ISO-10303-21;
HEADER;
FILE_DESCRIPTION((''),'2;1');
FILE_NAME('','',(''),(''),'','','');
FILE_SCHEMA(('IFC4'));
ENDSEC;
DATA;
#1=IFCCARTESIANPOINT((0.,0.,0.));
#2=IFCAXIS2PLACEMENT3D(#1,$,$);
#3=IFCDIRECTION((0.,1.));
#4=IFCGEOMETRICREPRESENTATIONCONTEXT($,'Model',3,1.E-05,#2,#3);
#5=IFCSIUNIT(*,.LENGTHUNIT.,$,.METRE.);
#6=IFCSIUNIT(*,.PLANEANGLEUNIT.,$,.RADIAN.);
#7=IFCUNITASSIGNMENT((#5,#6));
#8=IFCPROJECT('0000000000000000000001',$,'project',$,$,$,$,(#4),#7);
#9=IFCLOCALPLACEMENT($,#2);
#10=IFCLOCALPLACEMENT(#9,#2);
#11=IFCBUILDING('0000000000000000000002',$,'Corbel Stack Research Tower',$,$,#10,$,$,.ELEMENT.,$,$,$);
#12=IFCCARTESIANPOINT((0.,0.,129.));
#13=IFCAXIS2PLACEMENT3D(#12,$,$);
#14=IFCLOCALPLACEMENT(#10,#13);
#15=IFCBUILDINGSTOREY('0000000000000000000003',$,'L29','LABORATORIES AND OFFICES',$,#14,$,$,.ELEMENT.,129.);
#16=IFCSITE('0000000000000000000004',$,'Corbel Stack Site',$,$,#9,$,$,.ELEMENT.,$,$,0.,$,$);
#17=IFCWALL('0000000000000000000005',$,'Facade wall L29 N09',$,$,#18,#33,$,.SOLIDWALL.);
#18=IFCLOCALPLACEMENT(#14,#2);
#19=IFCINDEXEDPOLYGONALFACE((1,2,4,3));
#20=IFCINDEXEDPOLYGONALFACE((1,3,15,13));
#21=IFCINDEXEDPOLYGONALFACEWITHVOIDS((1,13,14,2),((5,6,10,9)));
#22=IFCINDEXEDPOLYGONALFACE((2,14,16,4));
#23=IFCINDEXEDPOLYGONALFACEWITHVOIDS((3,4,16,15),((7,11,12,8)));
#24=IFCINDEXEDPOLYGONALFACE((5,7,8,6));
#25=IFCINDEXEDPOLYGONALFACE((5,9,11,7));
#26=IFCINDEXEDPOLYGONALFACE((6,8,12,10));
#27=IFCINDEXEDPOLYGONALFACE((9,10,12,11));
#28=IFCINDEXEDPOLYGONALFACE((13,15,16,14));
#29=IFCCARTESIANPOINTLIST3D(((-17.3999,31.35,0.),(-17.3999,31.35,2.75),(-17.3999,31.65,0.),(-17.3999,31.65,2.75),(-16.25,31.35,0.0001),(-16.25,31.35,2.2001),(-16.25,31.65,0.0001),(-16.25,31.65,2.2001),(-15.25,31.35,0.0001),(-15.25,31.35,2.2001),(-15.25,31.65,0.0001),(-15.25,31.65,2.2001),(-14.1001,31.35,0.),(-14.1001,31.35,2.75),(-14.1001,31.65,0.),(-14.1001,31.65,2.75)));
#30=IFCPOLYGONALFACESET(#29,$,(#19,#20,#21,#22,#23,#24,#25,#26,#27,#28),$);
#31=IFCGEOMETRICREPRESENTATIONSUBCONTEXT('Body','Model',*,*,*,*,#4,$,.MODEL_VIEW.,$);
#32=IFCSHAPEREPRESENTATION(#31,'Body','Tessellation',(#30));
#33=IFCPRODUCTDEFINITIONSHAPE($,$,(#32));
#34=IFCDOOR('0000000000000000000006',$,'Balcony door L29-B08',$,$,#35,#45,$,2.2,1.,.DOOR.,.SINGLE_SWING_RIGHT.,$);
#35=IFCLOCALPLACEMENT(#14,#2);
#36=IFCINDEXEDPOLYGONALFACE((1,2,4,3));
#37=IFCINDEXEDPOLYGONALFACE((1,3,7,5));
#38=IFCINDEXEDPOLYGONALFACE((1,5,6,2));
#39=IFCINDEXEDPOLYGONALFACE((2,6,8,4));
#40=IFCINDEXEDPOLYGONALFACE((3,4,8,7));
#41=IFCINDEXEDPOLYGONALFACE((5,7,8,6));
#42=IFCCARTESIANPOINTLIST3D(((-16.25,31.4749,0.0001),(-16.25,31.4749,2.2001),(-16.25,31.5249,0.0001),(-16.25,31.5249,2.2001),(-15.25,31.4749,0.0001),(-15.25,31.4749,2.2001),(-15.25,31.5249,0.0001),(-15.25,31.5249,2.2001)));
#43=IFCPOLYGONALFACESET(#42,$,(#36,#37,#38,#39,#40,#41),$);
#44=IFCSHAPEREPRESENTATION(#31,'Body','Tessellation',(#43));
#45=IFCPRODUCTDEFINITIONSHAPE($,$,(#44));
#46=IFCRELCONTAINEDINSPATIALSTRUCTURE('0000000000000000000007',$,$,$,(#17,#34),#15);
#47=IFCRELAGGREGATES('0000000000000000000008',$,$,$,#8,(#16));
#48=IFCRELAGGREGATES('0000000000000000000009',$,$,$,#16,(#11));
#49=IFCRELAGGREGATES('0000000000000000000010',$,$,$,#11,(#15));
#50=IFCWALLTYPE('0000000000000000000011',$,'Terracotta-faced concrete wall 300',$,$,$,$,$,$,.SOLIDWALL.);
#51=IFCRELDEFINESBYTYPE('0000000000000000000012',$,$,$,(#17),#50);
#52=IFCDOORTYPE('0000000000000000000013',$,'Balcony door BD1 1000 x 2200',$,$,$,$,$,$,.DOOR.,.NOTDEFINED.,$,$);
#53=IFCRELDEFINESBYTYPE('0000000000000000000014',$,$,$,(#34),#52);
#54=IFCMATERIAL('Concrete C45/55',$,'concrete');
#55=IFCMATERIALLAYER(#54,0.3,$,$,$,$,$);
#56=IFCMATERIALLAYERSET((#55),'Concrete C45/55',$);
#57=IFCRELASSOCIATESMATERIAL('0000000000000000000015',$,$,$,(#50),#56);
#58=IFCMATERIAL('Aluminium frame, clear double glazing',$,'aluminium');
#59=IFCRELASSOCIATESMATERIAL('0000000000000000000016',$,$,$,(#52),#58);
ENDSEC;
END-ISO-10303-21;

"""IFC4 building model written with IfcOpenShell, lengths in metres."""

from ifc_helpers import new_model, si_unit, direction, frame, frame_2d, origin, place, context, subcontext, project, spatial, rectangle, extrude, material, layer, layer_set, type_object, element, fill, save


model = new_model("IFC4")

# Units and contexts
model_context = context("Model", 3, precision=1e-05, world=origin(), true_north=direction((0.0, 1.0)))
body_context = subcontext(model_context, "Body", "Model", "MODEL_VIEW")
ifc_project = project(units=[si_unit("LENGTHUNIT", "METRE"), si_unit("PLANEANGLEUNIT", "RADIAN")], contexts=[model_context])

# Site, building, storey
site_placement = place(None, origin())
site = spatial("IfcSite", under=ifc_project, at=site_placement, Name="Corbel Stack Site", CompositionType="ELEMENT", RefElevation=0.0)
building_placement = place(site_placement, origin())
building = spatial("IfcBuilding", under=site, at=building_placement, Name="Corbel Stack Research Tower", CompositionType="ELEMENT")
storey_placement = place(building_placement, frame((0.0, 0.0, 129.0)))
storey = spatial("IfcBuildingStorey", under=building, at=storey_placement, Name="L29", Description="LABORATORIES AND OFFICES", CompositionType="ELEMENT", Elevation=129.0)

# Shared definitions
ifc_material_1 = material(Name="Concrete C45/55", Category="concrete")
ifc_layer_1 = layer(ifc_material_1, 0.3)
ifc_layer_set_1 = layer_set([ifc_layer_1], Name="Concrete C45/55")
wall_type_1 = type_object("IfcWallType", Name="Terracotta-faced concrete wall 300", PredefinedType="SOLIDWALL", material=ifc_layer_set_1)

# Wall, opening, door
wall_1_placement = place(storey_placement, frame((-17.3999, 31.5, 0.0), z_axis=(0.0, 0.0, 1.0), x_axis=(1.0, 0.0, 0.0)))
wall_1 = element("IfcWall", 1, at=wall_1_placement, inside=storey, type_object=wall_type_1, Name="Facade wall L29 N09", PredefinedType="SOLIDWALL", context=body_context, shape_type="SweptSolid", body=[
    extrude(rectangle(XDim=3.2998, YDim=0.3, at=frame_2d((1.6499, 0.0))), origin(), (0.0, 0.0, 1.0), 2.75),
])
opening_1_placement = place(wall_1_placement, frame((1.1499, 0.0, 0.0)))
opening_1 = element("IfcOpeningElement", 2, at=opening_1_placement, cuts=wall_1, PredefinedType="OPENING", context=body_context, shape_type="SweptSolid", body=[
    extrude(rectangle(XDim=1.0, YDim=2.2, at=frame_2d((0.5, 1.1001))), frame((0.0, 0.1599, 0.0), z_axis=(0.0, -1.0, 0.0), x_axis=(1.0, 0.0, 0.0)), (0.0, 0.0, 1.0), 0.3201),
])
ifc_material_2 = material(Name="Aluminium frame, clear double glazing", Category="aluminium")
door_type_1 = type_object("IfcDoorType", Name="Balcony door BD1 1000 x 2200", OperationType="NOTDEFINED", PredefinedType="DOOR", material=ifc_material_2)
door_1_placement = place(opening_1_placement, origin())
door_1 = element("IfcDoor", 3, at=door_1_placement, inside=storey, type_object=door_type_1, Name="Balcony door L29-B08", OperationType="SINGLE_SWING_RIGHT", OverallHeight=2.2, OverallWidth=1.0, PredefinedType="DOOR", context=body_context, shape_type="SweptSolid", body=[
    extrude(rectangle(XDim=1.0, YDim=2.2, at=frame_2d((0.5, 1.1001))), frame((0.0, 0.0249, 0.0), z_axis=(0.0, -1.0, 0.0), x_axis=(1.0, 0.0, 0.0)), (0.0, 0.0, 1.0), 0.05),
])
fill(opening_1, door_1)

save(model, "model.ifc")
